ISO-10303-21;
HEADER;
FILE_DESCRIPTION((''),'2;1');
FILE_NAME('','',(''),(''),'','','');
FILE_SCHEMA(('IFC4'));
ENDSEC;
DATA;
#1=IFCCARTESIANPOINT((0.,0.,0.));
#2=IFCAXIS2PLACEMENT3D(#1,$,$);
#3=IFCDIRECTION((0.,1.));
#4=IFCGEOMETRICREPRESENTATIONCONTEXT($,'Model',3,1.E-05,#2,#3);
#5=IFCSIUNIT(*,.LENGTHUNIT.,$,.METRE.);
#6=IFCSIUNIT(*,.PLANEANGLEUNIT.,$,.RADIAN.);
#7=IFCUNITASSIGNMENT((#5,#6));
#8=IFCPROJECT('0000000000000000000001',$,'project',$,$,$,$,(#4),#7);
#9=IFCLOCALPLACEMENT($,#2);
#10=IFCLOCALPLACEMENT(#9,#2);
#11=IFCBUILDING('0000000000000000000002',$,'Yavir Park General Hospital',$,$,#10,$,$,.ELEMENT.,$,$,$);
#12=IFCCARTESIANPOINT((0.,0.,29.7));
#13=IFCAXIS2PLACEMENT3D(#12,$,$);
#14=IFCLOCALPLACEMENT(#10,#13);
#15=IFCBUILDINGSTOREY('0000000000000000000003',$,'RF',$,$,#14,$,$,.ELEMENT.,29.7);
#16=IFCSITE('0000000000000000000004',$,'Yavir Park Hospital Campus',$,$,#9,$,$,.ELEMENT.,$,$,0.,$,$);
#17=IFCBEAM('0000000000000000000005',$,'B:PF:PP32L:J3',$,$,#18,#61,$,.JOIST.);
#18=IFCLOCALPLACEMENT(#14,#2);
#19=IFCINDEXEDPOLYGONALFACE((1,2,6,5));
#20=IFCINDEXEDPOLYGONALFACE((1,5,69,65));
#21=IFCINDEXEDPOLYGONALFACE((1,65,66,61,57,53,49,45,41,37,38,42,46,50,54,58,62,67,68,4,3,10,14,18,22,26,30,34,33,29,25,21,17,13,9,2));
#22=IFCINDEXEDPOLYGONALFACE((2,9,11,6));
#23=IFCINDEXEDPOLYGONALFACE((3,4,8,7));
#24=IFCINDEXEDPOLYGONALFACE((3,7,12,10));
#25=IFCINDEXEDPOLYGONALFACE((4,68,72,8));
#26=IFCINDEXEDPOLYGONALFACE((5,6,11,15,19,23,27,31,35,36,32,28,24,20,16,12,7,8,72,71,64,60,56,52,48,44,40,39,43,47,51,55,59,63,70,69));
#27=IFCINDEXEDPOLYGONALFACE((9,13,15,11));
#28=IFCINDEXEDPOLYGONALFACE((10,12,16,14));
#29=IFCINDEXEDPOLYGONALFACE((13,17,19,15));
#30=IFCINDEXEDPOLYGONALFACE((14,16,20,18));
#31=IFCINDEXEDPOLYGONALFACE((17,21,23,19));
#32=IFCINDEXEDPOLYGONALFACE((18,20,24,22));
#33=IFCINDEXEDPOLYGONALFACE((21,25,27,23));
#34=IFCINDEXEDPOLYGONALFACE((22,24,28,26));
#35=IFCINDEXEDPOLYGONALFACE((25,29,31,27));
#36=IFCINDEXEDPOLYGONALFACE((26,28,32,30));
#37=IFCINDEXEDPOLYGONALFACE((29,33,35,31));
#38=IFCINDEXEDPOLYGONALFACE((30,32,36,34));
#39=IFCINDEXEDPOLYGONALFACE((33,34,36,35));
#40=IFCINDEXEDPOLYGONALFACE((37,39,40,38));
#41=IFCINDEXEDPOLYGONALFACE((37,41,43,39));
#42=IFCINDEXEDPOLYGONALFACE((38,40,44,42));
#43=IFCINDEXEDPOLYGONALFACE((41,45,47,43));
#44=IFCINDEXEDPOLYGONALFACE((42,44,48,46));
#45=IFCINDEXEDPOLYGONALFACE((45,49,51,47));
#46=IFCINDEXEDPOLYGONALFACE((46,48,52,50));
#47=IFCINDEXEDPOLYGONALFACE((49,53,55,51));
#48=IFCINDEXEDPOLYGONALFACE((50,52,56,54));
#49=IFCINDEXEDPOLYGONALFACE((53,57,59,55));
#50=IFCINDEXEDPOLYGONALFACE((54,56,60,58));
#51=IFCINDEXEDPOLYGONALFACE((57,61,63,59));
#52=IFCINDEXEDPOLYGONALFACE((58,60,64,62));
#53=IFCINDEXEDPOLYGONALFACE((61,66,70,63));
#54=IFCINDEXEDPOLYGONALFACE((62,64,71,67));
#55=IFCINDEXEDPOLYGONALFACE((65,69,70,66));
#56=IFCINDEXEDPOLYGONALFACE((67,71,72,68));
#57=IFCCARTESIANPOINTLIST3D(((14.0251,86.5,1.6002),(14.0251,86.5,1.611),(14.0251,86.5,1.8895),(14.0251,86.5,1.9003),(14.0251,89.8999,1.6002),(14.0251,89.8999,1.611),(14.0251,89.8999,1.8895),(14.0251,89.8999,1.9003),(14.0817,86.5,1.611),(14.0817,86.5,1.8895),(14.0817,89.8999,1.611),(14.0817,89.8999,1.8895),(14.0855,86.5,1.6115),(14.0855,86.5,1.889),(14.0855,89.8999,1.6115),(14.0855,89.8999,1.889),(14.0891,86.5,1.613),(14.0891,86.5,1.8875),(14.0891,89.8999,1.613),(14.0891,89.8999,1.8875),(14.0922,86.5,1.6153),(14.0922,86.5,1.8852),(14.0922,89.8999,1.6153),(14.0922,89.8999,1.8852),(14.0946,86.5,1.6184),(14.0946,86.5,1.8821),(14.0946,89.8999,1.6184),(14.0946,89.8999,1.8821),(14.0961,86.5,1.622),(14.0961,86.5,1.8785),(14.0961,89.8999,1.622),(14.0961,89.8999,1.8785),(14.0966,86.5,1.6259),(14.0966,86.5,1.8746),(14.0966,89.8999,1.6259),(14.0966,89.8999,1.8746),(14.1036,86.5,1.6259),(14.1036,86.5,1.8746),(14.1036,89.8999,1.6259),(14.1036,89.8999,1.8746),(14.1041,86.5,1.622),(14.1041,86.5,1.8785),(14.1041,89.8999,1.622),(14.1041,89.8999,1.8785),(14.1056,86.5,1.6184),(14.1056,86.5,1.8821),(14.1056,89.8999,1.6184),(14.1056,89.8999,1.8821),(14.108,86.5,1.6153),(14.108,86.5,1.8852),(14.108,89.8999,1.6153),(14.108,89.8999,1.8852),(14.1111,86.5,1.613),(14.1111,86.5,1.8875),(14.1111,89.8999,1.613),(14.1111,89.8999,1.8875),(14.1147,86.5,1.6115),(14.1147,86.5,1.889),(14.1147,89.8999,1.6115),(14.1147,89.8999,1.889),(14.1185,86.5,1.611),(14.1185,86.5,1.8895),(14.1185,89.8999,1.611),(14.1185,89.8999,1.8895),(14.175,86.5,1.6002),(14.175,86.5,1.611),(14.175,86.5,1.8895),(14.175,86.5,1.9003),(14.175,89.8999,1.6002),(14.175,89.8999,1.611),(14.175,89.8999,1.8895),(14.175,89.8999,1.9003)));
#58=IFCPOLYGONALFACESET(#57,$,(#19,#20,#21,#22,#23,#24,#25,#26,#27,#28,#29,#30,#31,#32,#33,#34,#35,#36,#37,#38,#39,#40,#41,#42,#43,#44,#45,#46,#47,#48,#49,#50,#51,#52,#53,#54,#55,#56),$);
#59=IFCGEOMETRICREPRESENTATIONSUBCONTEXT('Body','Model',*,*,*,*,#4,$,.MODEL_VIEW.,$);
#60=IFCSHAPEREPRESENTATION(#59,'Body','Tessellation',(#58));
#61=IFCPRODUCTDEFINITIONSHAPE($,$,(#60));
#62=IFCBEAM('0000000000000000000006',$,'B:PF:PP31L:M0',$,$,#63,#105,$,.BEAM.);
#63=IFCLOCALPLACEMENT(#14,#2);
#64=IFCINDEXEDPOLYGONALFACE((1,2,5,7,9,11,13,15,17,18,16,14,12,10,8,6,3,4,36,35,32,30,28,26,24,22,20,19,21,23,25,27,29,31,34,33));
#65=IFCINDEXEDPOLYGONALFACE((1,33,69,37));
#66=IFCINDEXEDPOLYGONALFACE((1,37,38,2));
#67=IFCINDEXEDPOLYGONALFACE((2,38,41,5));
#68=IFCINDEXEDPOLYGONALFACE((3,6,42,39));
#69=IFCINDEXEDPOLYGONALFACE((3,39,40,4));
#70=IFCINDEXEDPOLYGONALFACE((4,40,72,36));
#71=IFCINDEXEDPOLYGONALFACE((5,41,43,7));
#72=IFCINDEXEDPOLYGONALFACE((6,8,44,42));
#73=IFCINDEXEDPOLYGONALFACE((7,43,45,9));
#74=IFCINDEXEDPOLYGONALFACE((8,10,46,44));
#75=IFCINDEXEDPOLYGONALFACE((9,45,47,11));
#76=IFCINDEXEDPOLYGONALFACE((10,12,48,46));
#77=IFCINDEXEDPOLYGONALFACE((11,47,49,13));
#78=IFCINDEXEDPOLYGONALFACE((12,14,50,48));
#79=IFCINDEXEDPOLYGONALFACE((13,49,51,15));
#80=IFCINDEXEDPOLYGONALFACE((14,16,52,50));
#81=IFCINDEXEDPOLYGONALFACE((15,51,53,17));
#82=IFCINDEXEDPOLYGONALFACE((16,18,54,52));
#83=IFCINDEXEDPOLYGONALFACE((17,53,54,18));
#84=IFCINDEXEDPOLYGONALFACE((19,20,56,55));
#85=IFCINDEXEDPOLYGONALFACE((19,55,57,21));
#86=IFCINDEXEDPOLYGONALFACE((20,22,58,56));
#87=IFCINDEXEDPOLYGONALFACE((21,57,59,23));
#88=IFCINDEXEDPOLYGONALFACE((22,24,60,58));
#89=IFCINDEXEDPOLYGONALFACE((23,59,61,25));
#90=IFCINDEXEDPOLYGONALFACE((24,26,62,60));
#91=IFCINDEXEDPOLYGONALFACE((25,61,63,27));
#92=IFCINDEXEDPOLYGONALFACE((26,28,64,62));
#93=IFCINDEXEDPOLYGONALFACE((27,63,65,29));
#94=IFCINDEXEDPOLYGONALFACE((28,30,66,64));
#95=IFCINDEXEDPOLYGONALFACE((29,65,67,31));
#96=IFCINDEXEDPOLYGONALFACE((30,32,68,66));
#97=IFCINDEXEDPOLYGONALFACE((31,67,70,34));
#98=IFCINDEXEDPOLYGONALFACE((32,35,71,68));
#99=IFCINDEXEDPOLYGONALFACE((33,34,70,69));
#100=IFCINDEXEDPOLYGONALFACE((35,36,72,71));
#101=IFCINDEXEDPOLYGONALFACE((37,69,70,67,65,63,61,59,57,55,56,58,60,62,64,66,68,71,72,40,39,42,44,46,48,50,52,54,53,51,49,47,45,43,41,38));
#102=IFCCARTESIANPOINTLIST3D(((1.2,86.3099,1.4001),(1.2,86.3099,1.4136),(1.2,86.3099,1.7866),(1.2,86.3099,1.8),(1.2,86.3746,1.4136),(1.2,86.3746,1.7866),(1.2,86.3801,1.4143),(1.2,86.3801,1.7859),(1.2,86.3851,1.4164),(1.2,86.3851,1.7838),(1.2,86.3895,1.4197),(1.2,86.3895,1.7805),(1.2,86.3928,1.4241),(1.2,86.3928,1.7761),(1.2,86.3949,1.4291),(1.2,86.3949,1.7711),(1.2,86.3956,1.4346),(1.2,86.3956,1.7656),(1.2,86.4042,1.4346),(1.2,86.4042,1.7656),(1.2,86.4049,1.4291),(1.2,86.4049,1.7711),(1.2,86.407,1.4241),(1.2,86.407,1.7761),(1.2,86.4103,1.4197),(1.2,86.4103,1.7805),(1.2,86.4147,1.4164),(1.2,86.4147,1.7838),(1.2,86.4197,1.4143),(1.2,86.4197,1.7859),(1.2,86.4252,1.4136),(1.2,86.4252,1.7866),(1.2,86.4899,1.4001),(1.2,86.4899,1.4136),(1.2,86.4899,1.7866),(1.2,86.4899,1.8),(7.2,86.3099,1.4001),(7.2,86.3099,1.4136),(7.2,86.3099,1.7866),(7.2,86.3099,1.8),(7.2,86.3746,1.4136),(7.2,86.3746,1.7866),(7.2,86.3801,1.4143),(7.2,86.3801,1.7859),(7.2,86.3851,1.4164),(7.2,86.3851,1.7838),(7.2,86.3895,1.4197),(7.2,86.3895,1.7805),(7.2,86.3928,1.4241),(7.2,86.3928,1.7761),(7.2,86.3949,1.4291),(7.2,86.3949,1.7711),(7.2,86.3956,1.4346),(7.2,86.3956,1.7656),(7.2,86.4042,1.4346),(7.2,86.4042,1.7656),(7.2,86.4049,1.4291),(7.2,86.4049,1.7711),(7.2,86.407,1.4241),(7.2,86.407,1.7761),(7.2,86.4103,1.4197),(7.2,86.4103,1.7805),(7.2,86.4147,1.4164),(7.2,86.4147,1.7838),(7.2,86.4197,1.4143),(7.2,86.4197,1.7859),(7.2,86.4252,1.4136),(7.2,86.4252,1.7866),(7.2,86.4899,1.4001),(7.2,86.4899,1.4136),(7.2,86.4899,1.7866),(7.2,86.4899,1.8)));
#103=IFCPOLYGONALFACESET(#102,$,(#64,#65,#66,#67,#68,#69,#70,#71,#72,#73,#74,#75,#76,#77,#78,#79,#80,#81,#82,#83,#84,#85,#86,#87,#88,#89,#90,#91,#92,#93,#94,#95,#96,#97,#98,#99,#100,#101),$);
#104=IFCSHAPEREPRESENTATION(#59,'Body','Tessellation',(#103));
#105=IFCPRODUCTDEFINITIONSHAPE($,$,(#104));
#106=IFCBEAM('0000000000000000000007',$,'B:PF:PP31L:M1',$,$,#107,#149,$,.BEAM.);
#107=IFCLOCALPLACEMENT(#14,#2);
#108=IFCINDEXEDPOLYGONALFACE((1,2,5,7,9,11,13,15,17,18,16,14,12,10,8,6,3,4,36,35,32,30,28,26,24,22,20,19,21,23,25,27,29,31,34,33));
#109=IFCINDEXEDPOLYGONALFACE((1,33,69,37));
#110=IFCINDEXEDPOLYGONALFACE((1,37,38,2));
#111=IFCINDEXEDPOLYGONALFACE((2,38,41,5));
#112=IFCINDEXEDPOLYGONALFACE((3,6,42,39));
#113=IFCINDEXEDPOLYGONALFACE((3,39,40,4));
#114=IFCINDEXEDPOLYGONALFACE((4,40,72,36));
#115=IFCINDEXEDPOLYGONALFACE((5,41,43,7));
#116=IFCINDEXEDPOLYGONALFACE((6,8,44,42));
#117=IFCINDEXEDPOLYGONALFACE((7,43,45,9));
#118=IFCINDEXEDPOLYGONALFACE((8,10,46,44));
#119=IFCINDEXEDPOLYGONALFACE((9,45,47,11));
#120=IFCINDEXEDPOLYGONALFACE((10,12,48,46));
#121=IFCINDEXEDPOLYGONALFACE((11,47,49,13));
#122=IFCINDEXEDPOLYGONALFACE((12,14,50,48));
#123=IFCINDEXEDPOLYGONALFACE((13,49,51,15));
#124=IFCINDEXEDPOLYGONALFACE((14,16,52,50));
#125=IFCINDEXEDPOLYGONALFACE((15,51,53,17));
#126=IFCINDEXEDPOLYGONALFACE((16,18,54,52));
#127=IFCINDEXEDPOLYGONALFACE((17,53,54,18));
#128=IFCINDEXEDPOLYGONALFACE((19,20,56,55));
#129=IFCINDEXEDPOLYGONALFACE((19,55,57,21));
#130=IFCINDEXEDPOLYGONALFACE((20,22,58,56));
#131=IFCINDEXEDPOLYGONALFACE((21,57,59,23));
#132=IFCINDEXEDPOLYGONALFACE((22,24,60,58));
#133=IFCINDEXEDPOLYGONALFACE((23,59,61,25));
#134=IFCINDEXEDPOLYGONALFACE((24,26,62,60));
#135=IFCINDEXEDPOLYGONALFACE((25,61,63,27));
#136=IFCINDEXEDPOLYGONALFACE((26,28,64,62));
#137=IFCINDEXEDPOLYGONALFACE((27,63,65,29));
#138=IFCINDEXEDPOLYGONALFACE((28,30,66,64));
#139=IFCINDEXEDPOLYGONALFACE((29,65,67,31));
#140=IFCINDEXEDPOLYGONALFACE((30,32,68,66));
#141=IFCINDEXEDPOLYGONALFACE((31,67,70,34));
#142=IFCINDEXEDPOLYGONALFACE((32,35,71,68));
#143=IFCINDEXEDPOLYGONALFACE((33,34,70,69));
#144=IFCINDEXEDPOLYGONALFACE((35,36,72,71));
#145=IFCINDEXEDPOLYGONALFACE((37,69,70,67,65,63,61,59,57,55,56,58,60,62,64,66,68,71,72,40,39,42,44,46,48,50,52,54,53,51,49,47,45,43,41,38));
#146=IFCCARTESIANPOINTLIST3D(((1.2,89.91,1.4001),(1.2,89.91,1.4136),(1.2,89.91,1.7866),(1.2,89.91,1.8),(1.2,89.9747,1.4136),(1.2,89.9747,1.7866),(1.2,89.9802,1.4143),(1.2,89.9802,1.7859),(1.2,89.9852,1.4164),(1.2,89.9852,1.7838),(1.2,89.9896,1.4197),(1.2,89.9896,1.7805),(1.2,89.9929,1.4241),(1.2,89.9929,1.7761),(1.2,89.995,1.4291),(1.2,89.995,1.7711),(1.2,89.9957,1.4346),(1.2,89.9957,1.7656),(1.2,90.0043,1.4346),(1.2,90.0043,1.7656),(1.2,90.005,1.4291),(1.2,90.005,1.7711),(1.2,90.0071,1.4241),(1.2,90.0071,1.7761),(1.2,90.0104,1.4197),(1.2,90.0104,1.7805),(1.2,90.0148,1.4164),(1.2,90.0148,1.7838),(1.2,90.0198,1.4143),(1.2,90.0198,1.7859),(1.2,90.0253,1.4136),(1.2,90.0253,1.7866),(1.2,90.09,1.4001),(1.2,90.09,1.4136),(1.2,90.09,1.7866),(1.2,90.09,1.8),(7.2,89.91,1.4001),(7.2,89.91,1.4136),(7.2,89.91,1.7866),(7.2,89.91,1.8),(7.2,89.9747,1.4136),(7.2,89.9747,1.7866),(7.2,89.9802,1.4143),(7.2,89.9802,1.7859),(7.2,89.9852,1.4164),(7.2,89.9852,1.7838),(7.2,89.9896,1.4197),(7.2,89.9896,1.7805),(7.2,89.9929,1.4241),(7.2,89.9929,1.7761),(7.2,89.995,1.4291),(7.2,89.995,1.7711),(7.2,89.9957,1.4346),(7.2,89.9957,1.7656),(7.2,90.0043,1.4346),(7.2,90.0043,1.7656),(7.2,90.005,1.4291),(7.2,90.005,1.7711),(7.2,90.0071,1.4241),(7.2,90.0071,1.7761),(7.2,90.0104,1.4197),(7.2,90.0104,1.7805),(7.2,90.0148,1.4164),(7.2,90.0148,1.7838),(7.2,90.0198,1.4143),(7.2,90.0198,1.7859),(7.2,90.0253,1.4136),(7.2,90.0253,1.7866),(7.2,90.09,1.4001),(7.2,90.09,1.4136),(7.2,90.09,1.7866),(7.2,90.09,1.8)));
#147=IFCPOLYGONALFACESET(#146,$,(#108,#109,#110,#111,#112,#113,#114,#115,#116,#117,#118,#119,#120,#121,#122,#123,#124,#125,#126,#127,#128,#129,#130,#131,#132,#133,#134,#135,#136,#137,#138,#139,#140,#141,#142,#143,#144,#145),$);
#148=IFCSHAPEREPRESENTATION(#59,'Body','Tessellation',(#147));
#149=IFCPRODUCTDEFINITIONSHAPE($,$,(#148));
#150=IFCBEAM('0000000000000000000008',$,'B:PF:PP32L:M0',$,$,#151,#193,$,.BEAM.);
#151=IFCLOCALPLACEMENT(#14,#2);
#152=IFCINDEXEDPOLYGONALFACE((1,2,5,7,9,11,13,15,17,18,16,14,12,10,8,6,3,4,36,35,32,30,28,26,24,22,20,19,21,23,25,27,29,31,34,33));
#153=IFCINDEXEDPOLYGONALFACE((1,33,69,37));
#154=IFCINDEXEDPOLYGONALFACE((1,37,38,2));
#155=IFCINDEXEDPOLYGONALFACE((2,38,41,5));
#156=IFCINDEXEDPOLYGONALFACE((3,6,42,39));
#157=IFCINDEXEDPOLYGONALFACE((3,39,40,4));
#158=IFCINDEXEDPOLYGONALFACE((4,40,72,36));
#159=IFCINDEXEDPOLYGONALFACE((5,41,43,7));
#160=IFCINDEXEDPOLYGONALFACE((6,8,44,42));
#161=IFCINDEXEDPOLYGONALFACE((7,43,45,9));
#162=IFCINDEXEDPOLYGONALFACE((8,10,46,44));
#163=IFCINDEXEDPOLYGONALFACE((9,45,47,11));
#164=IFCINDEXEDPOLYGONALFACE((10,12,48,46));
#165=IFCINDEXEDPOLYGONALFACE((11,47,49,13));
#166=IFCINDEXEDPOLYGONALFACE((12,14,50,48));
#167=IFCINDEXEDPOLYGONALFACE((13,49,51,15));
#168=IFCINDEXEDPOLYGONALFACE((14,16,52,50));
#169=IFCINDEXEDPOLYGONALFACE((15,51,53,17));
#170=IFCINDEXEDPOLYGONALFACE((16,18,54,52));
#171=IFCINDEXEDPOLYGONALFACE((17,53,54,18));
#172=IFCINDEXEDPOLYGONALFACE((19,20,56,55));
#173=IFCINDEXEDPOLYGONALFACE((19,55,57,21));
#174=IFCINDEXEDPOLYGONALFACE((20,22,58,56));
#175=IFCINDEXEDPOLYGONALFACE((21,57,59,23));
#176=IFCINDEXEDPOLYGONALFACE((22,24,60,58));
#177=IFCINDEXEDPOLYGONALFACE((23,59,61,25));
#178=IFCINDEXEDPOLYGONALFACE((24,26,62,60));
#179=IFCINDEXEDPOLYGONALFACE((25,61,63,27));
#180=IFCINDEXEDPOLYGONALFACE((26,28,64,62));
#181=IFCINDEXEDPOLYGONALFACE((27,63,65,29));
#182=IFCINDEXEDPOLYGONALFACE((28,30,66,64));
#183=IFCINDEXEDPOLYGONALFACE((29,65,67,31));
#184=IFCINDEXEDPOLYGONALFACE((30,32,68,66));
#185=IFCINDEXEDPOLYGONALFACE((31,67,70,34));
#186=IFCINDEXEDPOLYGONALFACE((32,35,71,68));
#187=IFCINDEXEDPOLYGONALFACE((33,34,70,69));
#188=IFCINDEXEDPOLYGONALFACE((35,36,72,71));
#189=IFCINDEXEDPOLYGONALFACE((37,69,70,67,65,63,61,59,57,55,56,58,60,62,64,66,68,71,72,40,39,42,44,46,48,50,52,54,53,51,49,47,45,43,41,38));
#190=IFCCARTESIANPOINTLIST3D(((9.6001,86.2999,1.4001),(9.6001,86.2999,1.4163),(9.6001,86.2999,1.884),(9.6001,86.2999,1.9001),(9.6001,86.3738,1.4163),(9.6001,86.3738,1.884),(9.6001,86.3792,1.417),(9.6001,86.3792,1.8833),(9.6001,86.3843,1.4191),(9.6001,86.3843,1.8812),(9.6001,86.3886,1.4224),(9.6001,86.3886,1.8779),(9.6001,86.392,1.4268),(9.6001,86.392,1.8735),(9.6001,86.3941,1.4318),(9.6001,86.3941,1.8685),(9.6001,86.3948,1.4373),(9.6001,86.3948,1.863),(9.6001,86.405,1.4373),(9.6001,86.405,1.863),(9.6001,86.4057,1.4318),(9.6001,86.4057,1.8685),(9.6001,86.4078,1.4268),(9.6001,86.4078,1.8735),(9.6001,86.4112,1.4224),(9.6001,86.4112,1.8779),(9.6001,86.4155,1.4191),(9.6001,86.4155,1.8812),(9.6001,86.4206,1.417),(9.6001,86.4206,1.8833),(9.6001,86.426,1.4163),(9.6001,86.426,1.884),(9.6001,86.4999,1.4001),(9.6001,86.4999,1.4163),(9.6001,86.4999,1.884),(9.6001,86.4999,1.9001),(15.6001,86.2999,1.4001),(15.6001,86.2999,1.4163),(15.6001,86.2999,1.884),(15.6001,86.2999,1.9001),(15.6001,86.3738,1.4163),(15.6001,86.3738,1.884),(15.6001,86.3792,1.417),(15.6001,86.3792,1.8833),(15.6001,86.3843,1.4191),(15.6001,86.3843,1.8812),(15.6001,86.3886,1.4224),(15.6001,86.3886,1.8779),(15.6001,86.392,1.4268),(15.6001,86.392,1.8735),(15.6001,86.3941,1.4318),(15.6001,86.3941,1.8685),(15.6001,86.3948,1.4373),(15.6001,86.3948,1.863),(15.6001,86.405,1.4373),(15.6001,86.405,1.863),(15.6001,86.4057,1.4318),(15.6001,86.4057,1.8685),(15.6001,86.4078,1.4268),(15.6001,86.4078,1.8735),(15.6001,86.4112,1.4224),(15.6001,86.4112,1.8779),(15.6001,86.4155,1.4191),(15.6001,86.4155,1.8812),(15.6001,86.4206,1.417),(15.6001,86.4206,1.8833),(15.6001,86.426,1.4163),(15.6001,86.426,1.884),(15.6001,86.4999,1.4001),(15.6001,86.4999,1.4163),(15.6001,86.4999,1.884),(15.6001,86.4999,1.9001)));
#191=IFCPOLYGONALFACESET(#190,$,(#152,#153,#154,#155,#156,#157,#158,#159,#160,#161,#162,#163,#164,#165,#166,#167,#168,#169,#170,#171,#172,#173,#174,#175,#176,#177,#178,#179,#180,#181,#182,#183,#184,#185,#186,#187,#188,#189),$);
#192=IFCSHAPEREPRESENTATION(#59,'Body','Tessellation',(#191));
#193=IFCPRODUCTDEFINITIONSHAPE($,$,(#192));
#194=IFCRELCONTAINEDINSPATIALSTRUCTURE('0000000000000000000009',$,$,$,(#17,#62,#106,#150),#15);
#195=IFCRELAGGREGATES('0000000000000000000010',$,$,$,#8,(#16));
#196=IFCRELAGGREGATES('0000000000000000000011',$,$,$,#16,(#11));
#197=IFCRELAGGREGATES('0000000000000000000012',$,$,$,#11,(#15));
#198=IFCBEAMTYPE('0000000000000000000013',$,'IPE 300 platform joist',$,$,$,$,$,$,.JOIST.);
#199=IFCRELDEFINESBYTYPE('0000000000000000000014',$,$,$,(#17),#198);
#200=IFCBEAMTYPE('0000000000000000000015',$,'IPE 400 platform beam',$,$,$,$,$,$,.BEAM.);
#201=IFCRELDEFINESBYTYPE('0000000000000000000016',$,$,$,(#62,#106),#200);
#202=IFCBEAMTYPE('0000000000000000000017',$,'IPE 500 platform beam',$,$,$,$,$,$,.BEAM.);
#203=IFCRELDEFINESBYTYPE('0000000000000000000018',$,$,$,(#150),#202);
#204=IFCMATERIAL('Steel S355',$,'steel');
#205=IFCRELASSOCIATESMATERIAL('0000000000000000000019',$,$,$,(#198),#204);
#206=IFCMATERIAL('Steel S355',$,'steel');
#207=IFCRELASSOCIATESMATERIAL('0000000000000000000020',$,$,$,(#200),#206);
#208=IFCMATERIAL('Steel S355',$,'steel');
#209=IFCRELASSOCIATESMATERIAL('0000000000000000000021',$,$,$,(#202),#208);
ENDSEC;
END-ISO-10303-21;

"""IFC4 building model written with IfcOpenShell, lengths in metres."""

from ifc_helpers import new_model, si_unit, direction, frame, origin, origin_2d, place, context, subcontext, project, spatial, i_section, extrude, material, material_profile, profile_set, type_object, element, save


model = new_model("IFC4")

# Units and contexts
model_context = context("Model", 3, precision=1e-05, world=origin(), true_north=direction((0.0, 1.0)))
body_context = subcontext(model_context, "Body", "Model", "MODEL_VIEW")
ifc_project = project(units=[si_unit("LENGTHUNIT", "METRE"), si_unit("PLANEANGLEUNIT", "RADIAN")], contexts=[model_context])

# Site, building, storey
site_placement = place(None, origin())
site = spatial("IfcSite", under=ifc_project, at=site_placement, Name="Yavir Park Hospital Campus", CompositionType="ELEMENT", RefElevation=0.0)
building_placement = place(site_placement, origin())
building = spatial("IfcBuilding", under=site, at=building_placement, Name="Yavir Park General Hospital", CompositionType="ELEMENT")
storey_placement = place(building_placement, frame((0.0, 0.0, 29.7)))
storey = spatial("IfcBuildingStorey", under=building, at=storey_placement, Name="RF", CompositionType="ELEMENT", Elevation=29.7)

# Beams
ifc_material_1 = material(Name="Steel S355", Category="steel")
ifc_material_profile_1 = material_profile(ifc_material_1, i_section(OverallWidth=0.1499, OverallDepth=0.3, WebThickness=0.0071, FlangeThickness=0.0107, FilletRadius=0.0149, at=origin_2d()), Name="IPE300")
ifc_profile_set_1 = profile_set([ifc_material_profile_1], Name="Steel S355")
beam_type_1 = type_object("IfcBeamType", Name="IPE 300 platform joist", PredefinedType="JOIST", material=ifc_profile_set_1)
for number, where, z_axis, x_axis, name in (
    (1, (14.1001, 86.5, 1.7502), (0.0, 1.0, 0.0), (-1.0, 0.0, 0.0), "B:PF:PP32L:J3"),
):
    element("IfcBeam", number, at=place(storey_placement, frame(where, z_axis=z_axis, x_axis=x_axis)), inside=storey, type_object=beam_type_1, Name=name, PredefinedType="JOIST", context=body_context, shape_type="SweptSolid", body=[
        extrude(i_section(OverallWidth=0.1499, OverallDepth=0.3, WebThickness=0.0071, FlangeThickness=0.0107, FilletRadius=0.0149, at=origin_2d()), origin(), (0.0, 0.0, 1.0), 3.3999),
    ])
ifc_material_2 = material(Name="Steel S355", Category="steel")
ifc_material_profile_2 = material_profile(ifc_material_2, i_section(OverallWidth=0.1799, OverallDepth=0.3999, WebThickness=0.0085, FlangeThickness=0.0134, FilletRadius=0.021, at=origin_2d()), Name="IPE400")
ifc_profile_set_2 = profile_set([ifc_material_profile_2], Name="Steel S355")
beam_type_2 = type_object("IfcBeamType", Name="IPE 400 platform beam", PredefinedType="BEAM", material=ifc_profile_set_2)
for number, where, z_axis, x_axis, name in (
    (2, (1.2, 86.3999, 1.6001), (1.0, 0.0, 0.0), (0.0, 1.0, 0.0), "B:PF:PP31L:M0"),
    (3, (1.2, 90.0, 1.6001), (1.0, 0.0, 0.0), (0.0, 1.0, 0.0), "B:PF:PP31L:M1"),
):
    element("IfcBeam", number, at=place(storey_placement, frame(where, z_axis=z_axis, x_axis=x_axis)), inside=storey, type_object=beam_type_2, Name=name, PredefinedType="BEAM", context=body_context, shape_type="SweptSolid", body=[
        extrude(i_section(OverallWidth=0.1799, OverallDepth=0.3999, WebThickness=0.0085, FlangeThickness=0.0134, FilletRadius=0.021, at=origin_2d()), origin(), (0.0, 0.0, 1.0), 6.0),
    ])
ifc_material_3 = material(Name="Steel S355", Category="steel")
ifc_material_profile_3 = material_profile(ifc_material_3, i_section(OverallWidth=0.2, OverallDepth=0.5, WebThickness=0.0103, FlangeThickness=0.0161, FilletRadius=0.021, at=origin_2d()), Name="IPE500")
ifc_profile_set_3 = profile_set([ifc_material_profile_3], Name="Steel S355")
beam_type_3 = type_object("IfcBeamType", Name="IPE 500 platform beam", PredefinedType="BEAM", material=ifc_profile_set_3)
for number, where, z_axis, x_axis, name in (
    (4, (9.6001, 86.3999, 1.6501), (1.0, 0.0, 0.0), (0.0, 1.0, 0.0), "B:PF:PP32L:M0"),
):
    element("IfcBeam", number, at=place(storey_placement, frame(where, z_axis=z_axis, x_axis=x_axis)), inside=storey, type_object=beam_type_3, Name=name, PredefinedType="BEAM", context=body_context, shape_type="SweptSolid", body=[
        extrude(i_section(OverallWidth=0.2, OverallDepth=0.5, WebThickness=0.0103, FlangeThickness=0.0161, FilletRadius=0.021, at=origin_2d()), origin(), (0.0, 0.0, 1.0), 6.0),
    ])

save(model, "model.ifc")
